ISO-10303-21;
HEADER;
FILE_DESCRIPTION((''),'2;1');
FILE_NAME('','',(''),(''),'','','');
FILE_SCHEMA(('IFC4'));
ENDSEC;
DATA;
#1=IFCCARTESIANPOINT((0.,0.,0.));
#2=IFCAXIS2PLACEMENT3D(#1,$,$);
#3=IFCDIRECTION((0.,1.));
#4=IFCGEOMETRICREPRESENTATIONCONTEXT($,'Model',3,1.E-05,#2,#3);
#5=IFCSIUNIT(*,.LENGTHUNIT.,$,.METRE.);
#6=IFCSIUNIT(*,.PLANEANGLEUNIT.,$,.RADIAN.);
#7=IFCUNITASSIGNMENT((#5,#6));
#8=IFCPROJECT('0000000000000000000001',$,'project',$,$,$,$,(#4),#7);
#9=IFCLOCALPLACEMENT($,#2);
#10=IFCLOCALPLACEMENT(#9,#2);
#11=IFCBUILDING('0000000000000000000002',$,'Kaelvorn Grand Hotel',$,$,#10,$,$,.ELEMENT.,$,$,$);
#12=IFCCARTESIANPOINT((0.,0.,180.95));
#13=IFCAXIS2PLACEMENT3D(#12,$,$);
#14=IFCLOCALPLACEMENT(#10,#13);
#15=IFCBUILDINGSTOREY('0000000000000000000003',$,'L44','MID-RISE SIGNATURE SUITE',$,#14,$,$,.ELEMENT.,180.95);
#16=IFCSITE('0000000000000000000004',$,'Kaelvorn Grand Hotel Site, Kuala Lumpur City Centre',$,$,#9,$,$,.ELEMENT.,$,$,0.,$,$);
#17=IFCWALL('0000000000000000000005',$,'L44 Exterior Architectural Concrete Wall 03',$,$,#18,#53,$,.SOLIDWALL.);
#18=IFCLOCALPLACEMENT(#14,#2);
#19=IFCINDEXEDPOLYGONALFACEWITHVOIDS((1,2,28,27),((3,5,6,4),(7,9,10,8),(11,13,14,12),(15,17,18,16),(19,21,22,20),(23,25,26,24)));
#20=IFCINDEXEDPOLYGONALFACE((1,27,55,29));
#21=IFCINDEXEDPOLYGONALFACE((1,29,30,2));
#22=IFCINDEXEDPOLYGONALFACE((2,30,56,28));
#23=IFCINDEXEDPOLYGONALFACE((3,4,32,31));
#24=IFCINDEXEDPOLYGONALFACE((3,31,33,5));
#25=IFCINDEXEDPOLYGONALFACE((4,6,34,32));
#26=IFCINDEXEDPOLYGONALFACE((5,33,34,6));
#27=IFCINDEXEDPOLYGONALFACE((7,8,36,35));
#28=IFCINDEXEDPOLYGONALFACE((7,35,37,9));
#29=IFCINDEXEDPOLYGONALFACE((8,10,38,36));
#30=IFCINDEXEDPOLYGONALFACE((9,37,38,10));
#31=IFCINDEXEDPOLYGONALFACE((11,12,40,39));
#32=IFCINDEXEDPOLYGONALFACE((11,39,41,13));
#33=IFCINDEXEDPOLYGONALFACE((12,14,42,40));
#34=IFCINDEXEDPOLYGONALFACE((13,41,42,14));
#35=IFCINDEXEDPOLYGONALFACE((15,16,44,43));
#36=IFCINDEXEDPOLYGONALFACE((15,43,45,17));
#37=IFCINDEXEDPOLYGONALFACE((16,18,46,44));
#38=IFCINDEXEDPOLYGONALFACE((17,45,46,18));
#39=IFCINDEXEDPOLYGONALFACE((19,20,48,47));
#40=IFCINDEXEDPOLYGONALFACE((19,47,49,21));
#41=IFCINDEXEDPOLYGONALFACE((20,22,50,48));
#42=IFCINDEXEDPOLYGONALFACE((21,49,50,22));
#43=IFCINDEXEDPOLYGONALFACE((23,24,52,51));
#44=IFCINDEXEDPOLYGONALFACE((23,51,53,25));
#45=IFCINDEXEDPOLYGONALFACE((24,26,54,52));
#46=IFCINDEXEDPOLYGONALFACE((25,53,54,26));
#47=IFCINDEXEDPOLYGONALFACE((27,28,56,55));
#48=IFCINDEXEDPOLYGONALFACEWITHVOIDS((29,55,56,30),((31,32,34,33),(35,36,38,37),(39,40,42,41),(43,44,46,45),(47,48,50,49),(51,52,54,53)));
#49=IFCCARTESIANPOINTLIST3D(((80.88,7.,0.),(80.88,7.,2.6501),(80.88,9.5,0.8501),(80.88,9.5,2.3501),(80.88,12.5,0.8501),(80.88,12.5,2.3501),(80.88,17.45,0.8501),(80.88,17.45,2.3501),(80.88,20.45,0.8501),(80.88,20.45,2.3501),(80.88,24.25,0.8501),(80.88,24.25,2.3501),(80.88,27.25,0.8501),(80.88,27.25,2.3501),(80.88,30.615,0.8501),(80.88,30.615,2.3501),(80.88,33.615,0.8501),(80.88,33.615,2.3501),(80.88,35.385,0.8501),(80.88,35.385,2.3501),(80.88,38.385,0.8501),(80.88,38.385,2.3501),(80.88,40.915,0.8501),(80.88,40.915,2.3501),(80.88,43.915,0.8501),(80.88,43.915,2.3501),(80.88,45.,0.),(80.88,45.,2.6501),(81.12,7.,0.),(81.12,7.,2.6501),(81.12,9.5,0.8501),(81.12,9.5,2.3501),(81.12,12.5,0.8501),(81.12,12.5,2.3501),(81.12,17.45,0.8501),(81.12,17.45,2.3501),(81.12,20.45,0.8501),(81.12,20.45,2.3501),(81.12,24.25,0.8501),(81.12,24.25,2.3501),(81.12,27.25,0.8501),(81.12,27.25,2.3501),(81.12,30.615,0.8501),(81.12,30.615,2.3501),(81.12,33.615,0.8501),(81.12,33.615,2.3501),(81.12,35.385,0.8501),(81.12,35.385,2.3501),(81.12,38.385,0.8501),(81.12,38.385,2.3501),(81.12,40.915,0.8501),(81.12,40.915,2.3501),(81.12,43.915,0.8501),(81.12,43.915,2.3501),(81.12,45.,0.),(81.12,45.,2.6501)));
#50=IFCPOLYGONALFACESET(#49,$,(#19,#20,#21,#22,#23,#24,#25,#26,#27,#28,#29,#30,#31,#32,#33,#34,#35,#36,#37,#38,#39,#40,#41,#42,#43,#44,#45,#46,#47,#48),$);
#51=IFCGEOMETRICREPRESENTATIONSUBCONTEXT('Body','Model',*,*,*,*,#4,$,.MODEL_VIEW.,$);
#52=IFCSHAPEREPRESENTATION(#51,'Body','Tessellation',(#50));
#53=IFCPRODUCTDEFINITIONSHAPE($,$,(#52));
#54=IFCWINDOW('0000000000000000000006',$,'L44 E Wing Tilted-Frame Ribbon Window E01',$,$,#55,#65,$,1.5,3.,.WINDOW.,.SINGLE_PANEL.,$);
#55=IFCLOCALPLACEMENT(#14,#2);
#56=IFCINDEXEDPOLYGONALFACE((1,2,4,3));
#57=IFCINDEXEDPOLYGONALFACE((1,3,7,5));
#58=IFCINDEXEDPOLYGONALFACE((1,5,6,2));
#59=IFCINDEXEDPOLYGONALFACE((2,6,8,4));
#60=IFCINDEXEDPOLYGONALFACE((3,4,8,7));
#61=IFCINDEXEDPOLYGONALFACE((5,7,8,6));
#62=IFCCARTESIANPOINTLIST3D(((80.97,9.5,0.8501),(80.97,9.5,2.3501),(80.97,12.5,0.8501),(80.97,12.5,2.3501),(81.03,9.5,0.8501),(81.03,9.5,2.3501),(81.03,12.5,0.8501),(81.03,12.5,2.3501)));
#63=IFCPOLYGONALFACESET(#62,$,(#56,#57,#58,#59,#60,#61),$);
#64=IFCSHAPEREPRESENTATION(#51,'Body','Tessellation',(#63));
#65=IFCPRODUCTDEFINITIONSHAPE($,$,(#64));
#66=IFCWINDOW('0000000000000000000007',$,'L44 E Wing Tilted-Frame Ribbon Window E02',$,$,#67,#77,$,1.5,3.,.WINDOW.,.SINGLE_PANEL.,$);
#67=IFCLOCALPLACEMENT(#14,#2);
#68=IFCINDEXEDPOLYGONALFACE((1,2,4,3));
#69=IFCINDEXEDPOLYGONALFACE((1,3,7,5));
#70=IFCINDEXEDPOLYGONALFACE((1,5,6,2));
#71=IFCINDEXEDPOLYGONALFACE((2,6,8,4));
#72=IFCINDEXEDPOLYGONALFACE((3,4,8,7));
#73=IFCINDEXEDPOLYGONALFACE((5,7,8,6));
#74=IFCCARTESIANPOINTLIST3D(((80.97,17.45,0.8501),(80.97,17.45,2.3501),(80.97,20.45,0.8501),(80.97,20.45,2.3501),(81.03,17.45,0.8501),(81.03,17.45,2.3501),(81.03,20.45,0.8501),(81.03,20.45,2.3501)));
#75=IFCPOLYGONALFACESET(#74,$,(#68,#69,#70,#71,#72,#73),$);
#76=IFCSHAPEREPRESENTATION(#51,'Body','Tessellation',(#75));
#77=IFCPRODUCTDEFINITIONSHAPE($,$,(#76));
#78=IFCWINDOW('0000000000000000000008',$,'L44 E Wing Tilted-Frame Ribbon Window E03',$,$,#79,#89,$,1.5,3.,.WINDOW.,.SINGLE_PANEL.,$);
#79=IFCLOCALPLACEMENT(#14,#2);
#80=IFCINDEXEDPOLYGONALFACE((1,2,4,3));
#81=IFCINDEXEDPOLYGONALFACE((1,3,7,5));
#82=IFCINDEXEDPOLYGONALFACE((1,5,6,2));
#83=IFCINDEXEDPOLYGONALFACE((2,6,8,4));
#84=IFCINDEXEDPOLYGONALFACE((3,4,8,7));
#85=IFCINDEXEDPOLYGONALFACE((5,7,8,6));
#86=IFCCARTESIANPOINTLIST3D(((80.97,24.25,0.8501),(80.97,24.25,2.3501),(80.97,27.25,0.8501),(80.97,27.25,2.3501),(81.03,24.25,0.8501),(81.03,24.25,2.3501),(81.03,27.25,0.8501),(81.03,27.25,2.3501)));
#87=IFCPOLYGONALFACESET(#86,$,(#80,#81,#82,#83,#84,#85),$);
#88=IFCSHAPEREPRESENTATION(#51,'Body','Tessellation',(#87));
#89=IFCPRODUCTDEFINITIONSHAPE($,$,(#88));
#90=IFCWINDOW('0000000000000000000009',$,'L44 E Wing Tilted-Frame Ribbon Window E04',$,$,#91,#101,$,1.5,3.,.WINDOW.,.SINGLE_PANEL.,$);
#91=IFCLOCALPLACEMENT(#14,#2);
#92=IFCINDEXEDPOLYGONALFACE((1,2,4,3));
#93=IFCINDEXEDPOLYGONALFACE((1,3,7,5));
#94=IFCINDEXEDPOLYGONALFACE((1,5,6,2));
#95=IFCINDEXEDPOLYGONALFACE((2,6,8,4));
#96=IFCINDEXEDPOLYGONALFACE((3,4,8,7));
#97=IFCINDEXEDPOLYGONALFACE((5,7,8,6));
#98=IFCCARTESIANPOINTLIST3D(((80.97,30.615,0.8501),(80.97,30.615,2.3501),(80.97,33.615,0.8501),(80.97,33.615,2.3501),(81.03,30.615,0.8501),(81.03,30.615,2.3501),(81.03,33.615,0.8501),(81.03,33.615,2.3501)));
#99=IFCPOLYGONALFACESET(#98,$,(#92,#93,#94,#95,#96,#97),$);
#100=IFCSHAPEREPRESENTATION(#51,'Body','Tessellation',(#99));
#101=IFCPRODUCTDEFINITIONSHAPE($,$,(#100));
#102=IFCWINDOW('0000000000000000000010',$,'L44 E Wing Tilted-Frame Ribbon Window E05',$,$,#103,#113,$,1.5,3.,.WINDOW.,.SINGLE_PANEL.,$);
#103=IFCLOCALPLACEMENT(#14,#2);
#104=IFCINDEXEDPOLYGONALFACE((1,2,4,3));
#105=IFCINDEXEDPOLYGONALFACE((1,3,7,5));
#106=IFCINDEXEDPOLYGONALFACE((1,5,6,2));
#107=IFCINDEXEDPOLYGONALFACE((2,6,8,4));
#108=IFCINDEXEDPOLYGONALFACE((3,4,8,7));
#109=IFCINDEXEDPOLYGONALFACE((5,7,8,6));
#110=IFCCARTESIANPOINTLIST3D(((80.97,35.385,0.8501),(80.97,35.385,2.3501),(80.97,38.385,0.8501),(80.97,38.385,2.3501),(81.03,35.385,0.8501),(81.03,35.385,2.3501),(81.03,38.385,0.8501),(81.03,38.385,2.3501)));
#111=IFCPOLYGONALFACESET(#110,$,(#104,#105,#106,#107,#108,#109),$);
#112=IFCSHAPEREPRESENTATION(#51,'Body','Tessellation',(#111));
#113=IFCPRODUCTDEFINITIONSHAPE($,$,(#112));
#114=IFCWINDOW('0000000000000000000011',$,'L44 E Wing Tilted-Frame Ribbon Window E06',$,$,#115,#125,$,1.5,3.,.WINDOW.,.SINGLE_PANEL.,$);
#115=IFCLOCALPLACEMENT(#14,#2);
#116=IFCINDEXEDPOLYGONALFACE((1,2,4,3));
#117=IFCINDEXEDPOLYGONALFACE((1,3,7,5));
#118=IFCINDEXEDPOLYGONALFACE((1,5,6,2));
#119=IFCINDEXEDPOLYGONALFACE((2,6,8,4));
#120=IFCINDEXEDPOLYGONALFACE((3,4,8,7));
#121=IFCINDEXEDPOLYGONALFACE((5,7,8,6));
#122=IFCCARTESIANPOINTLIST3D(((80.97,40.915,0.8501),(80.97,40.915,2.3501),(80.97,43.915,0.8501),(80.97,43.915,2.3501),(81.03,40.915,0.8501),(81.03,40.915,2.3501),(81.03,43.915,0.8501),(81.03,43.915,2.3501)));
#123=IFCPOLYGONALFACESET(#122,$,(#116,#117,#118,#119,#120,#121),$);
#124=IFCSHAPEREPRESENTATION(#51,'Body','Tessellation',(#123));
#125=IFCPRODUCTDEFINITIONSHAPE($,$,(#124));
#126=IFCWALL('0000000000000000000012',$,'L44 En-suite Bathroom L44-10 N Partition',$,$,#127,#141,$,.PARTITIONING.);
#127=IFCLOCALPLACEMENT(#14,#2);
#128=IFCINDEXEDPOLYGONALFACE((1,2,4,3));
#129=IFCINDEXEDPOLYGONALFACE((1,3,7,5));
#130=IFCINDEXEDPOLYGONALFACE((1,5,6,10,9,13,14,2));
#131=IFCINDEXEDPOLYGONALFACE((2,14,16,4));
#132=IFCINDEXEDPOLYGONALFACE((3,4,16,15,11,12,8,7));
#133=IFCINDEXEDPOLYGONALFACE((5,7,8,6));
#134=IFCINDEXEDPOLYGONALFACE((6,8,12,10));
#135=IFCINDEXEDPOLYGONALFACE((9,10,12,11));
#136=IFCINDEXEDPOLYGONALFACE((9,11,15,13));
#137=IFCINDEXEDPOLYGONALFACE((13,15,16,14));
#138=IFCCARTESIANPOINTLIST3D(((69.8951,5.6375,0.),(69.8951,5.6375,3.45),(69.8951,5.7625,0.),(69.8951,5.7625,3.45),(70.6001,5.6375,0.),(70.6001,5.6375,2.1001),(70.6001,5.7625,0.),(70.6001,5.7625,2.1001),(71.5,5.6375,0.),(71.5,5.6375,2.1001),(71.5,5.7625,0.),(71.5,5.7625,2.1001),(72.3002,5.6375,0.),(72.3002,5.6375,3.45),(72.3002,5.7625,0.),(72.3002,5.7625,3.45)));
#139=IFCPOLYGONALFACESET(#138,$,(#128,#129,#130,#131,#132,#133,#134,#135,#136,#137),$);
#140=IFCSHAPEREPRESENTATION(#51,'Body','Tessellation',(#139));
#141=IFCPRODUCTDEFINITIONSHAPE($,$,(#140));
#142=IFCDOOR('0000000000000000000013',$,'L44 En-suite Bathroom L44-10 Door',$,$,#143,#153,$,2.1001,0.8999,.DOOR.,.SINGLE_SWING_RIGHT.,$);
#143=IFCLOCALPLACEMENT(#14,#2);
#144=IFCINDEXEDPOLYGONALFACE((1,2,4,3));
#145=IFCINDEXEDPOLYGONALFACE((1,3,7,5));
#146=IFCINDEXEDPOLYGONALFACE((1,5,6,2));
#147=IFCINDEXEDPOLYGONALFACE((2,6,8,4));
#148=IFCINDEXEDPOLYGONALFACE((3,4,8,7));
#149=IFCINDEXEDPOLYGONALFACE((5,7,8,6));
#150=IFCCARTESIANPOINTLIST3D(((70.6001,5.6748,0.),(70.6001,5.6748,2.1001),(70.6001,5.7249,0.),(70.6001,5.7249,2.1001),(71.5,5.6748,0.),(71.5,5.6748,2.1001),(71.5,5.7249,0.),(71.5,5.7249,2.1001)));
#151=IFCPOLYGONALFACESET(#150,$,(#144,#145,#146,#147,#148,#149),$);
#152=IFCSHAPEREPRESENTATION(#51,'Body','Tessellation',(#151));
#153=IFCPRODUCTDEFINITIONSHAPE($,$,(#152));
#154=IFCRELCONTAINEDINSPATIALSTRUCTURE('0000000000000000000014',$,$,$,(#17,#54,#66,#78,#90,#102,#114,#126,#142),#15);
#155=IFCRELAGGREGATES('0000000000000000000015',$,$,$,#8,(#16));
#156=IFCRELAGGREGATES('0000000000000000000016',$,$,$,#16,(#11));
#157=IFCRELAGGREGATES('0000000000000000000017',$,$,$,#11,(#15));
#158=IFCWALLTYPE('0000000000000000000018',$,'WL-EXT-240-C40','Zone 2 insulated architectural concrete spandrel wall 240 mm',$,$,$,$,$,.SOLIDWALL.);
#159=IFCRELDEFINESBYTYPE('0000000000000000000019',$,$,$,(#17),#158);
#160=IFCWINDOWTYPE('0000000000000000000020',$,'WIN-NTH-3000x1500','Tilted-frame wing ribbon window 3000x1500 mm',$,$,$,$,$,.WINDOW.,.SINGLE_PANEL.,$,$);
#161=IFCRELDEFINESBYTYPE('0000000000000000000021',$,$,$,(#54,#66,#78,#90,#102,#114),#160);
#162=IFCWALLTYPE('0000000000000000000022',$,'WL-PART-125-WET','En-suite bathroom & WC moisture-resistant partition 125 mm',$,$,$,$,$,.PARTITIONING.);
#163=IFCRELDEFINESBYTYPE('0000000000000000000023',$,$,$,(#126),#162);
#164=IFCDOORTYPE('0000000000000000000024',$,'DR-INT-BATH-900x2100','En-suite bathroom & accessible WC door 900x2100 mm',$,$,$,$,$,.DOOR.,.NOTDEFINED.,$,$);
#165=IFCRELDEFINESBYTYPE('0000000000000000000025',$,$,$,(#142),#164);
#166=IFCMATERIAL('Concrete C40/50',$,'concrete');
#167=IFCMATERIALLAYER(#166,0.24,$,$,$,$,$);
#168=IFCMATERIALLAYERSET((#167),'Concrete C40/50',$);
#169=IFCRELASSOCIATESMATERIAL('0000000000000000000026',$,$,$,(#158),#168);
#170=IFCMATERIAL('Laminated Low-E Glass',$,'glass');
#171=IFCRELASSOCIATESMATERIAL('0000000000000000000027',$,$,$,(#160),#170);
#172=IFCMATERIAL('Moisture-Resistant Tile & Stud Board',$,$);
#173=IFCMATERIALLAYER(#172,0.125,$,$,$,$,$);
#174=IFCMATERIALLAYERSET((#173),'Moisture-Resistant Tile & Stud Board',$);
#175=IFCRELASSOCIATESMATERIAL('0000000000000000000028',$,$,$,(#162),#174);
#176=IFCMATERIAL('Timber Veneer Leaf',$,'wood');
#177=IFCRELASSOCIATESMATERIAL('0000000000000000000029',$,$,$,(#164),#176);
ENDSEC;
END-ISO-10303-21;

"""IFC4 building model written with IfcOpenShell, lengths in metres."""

from ifc_helpers import new_model, si_unit, direction, frame, frame_2d, origin, place, context, subcontext, project, spatial, rectangle, extrude, material, layer, layer_set, type_object, element, fill, save


model = new_model("IFC4")

# Units and contexts
model_context = context("Model", 3, precision=1e-05, world=origin(), true_north=direction((0.0, 1.0)))
body_context = subcontext(model_context, "Body", "Model", "MODEL_VIEW")
ifc_project = project(units=[si_unit("LENGTHUNIT", "METRE"), si_unit("PLANEANGLEUNIT", "RADIAN")], contexts=[model_context])

# Site, building, storey
site_placement = place(None, origin())
site = spatial("IfcSite", under=ifc_project, at=site_placement, Name="Kaelvorn Grand Hotel Site, Kuala Lumpur City Centre", CompositionType="ELEMENT", RefElevation=0.0)
building_placement = place(site_placement, origin())
building = spatial("IfcBuilding", under=site, at=building_placement, Name="Kaelvorn Grand Hotel", CompositionType="ELEMENT")
storey_placement = place(building_placement, frame((0.0, 0.0, 180.95)))
storey = spatial("IfcBuildingStorey", under=building, at=storey_placement, Name="L44", Description="MID-RISE SIGNATURE SUITE", CompositionType="ELEMENT", Elevation=180.95)

# Shared definitions
ifc_material_1 = material(Name="Concrete C40/50", Category="concrete")
ifc_layer_1 = layer(ifc_material_1, 0.24)
ifc_layer_set_1 = layer_set([ifc_layer_1], Name="Concrete C40/50")
wall_type_1 = type_object("IfcWallType", Name="WL-EXT-240-C40", Description="Zone 2 insulated architectural concrete spandrel wall 240 mm", PredefinedType="SOLIDWALL", material=ifc_layer_set_1)
ifc_material_2 = material(Name="Laminated Low-E Glass", Category="glass")

# Wall, openings, windows
wall_1_placement = place(storey_placement, frame((81.0, 7.0, 0.0), z_axis=(0.0, 0.0, 1.0), x_axis=(0.0, 1.0, 0.0)))
wall_1 = element("IfcWall", 1, at=wall_1_placement, inside=storey, type_object=wall_type_1, Name="L44 Exterior Architectural Concrete Wall 03", PredefinedType="SOLIDWALL", context=body_context, shape_type="SweptSolid", body=[
    extrude(rectangle(XDim=38.0, YDim=0.24, at=frame_2d((19.0, 0.0))), origin(), (0.0, 0.0, 1.0), 2.6501),
])
opening_1_placement = place(wall_1_placement, frame((2.5, 0.0, 0.8501)))
opening_1 = element("IfcOpeningElement", 2, at=opening_1_placement, cuts=wall_1, PredefinedType="OPENING", context=body_context, shape_type="SweptSolid", body=[
    extrude(rectangle(XDim=3.0, YDim=1.5, at=frame_2d((1.5, 0.75))), frame((0.0, 0.1299, 0.0), z_axis=(0.0, -1.0, 0.0), x_axis=(1.0, 0.0, 0.0)), (0.0, 0.0, 1.0), 0.26),
])
opening_2_placement = place(wall_1_placement, frame((10.45, 0.0, 0.8501)))
opening_2 = element("IfcOpeningElement", 3, at=opening_2_placement, cuts=wall_1, PredefinedType="OPENING", context=body_context, shape_type="SweptSolid", body=[
    extrude(rectangle(XDim=3.0, YDim=1.5, at=frame_2d((1.5, 0.75))), frame((0.0, 0.1299, 0.0), z_axis=(0.0, -1.0, 0.0), x_axis=(1.0, 0.0, 0.0)), (0.0, 0.0, 1.0), 0.26),
])
opening_3_placement = place(wall_1_placement, frame((17.25, 0.0, 0.8501)))
opening_3 = element("IfcOpeningElement", 4, at=opening_3_placement, cuts=wall_1, PredefinedType="OPENING", context=body_context, shape_type="SweptSolid", body=[
    extrude(rectangle(XDim=3.0, YDim=1.5, at=frame_2d((1.5, 0.75))), frame((0.0, 0.1299, 0.0), z_axis=(0.0, -1.0, 0.0), x_axis=(1.0, 0.0, 0.0)), (0.0, 0.0, 1.0), 0.26),
])
opening_4_placement = place(wall_1_placement, frame((23.615, 0.0, 0.8501)))
opening_4 = element("IfcOpeningElement", 5, at=opening_4_placement, cuts=wall_1, PredefinedType="OPENING", context=body_context, shape_type="SweptSolid", body=[
    extrude(rectangle(XDim=3.0, YDim=1.5, at=frame_2d((1.5, 0.75))), frame((0.0, 0.1299, 0.0), z_axis=(0.0, -1.0, 0.0), x_axis=(1.0, 0.0, 0.0)), (0.0, 0.0, 1.0), 0.26),
])
opening_5_placement = place(wall_1_placement, frame((28.385, 0.0, 0.8501)))
opening_5 = element("IfcOpeningElement", 6, at=opening_5_placement, cuts=wall_1, PredefinedType="OPENING", context=body_context, shape_type="SweptSolid", body=[
    extrude(rectangle(XDim=3.0, YDim=1.5, at=frame_2d((1.5, 0.75))), frame((0.0, 0.1299, 0.0), z_axis=(0.0, -1.0, 0.0), x_axis=(1.0, 0.0, 0.0)), (0.0, 0.0, 1.0), 0.26),
])
opening_6_placement = place(wall_1_placement, frame((33.915, 0.0, 0.8501)))
opening_6 = element("IfcOpeningElement", 7, at=opening_6_placement, cuts=wall_1, PredefinedType="OPENING", context=body_context, shape_type="SweptSolid", body=[
    extrude(rectangle(XDim=3.0, YDim=1.5, at=frame_2d((1.5, 0.75))), frame((0.0, 0.1299, 0.0), z_axis=(0.0, -1.0, 0.0), x_axis=(1.0, 0.0, 0.0)), (0.0, 0.0, 1.0), 0.26),
])
window_type_1 = type_object("IfcWindowType", Name="WIN-NTH-3000x1500", Description="Tilted-frame wing ribbon window 3000x1500 mm", PartitioningType="SINGLE_PANEL", PredefinedType="WINDOW", material=ifc_material_2)
window_1_placement = place(opening_1_placement, origin())
window_1 = element("IfcWindow", 8, at=window_1_placement, inside=storey, type_object=window_type_1, Name="L44 E Wing Tilted-Frame Ribbon Window E01", OverallHeight=1.5, OverallWidth=3.0, PartitioningType="SINGLE_PANEL", PredefinedType="WINDOW", context=body_context, shape_type="SweptSolid", body=[
    extrude(rectangle(XDim=3.0, YDim=1.5, at=frame_2d((1.5, 0.75))), frame((0.0, 0.03, 0.0), z_axis=(0.0, -1.0, 0.0), x_axis=(1.0, 0.0, 0.0)), (0.0, 0.0, 1.0), 0.0601),
])
fill(opening_1, window_1)
window_2_placement = place(opening_2_placement, origin())
window_2 = element("IfcWindow", 9, at=window_2_placement, inside=storey, type_object=window_type_1, Name="L44 E Wing Tilted-Frame Ribbon Window E02", OverallHeight=1.5, OverallWidth=3.0, PartitioningType="SINGLE_PANEL", PredefinedType="WINDOW", context=body_context, shape_type="SweptSolid", body=[
    extrude(rectangle(XDim=3.0, YDim=1.5, at=frame_2d((1.5, 0.75))), frame((0.0, 0.03, 0.0), z_axis=(0.0, -1.0, 0.0), x_axis=(1.0, 0.0, 0.0)), (0.0, 0.0, 1.0), 0.0601),
])
fill(opening_2, window_2)
window_3_placement = place(opening_3_placement, origin())
window_3 = element("IfcWindow", 10, at=window_3_placement, inside=storey, type_object=window_type_1, Name="L44 E Wing Tilted-Frame Ribbon Window E03", OverallHeight=1.5, OverallWidth=3.0, PartitioningType="SINGLE_PANEL", PredefinedType="WINDOW", context=body_context, shape_type="SweptSolid", body=[
    extrude(rectangle(XDim=3.0, YDim=1.5, at=frame_2d((1.5, 0.75))), frame((0.0, 0.03, 0.0), z_axis=(0.0, -1.0, 0.0), x_axis=(1.0, 0.0, 0.0)), (0.0, 0.0, 1.0), 0.0601),
])
fill(opening_3, window_3)
window_4_placement = place(opening_4_placement, origin())
window_4 = element("IfcWindow", 11, at=window_4_placement, inside=storey, type_object=window_type_1, Name="L44 E Wing Tilted-Frame Ribbon Window E04", OverallHeight=1.5, OverallWidth=3.0, PartitioningType="SINGLE_PANEL", PredefinedType="WINDOW", context=body_context, shape_type="SweptSolid", body=[
    extrude(rectangle(XDim=3.0, YDim=1.5, at=frame_2d((1.5, 0.75))), frame((0.0, 0.03, 0.0), z_axis=(0.0, -1.0, 0.0), x_axis=(1.0, 0.0, 0.0)), (0.0, 0.0, 1.0), 0.0601),
])
fill(opening_4, window_4)
window_5_placement = place(opening_5_placement, origin())
window_5 = element("IfcWindow", 12, at=window_5_placement, inside=storey, type_object=window_type_1, Name="L44 E Wing Tilted-Frame Ribbon Window E05", OverallHeight=1.5, OverallWidth=3.0, PartitioningType="SINGLE_PANEL", PredefinedType="WINDOW", context=body_context, shape_type="SweptSolid", body=[
    extrude(rectangle(XDim=3.0, YDim=1.5, at=frame_2d((1.5, 0.75))), frame((0.0, 0.03, 0.0), z_axis=(0.0, -1.0, 0.0), x_axis=(1.0, 0.0, 0.0)), (0.0, 0.0, 1.0), 0.0601),
])
fill(opening_5, window_5)
window_6_placement = place(opening_6_placement, origin())
window_6 = element("IfcWindow", 13, at=window_6_placement, inside=storey, type_object=window_type_1, Name="L44 E Wing Tilted-Frame Ribbon Window E06", OverallHeight=1.5, OverallWidth=3.0, PartitioningType="SINGLE_PANEL", PredefinedType="WINDOW", context=body_context, shape_type="SweptSolid", body=[
    extrude(rectangle(XDim=3.0, YDim=1.5, at=frame_2d((1.5, 0.75))), frame((0.0, 0.03, 0.0), z_axis=(0.0, -1.0, 0.0), x_axis=(1.0, 0.0, 0.0)), (0.0, 0.0, 1.0), 0.0601),
])
fill(opening_6, window_6)

# Wall, opening, door
ifc_material_3 = material(Name="Moisture-Resistant Tile & Stud Board")
ifc_layer_2 = layer(ifc_material_3, 0.125)
ifc_layer_set_2 = layer_set([ifc_layer_2], Name="Moisture-Resistant Tile & Stud Board")
wall_type_2 = type_object("IfcWallType", Name="WL-PART-125-WET", Description="En-suite bathroom & WC moisture-resistant partition 125 mm", PredefinedType="PARTITIONING", material=ifc_layer_set_2)
wall_2_placement = place(storey_placement, frame((69.895, 5.7, 0.0), z_axis=(0.0, 0.0, 1.0), x_axis=(1.0, 0.0, 0.0)))
wall_2 = element("IfcWall", 14, at=wall_2_placement, inside=storey, type_object=wall_type_2, Name="L44 En-suite Bathroom L44-10 N Partition", PredefinedType="PARTITIONING", context=body_context, shape_type="SweptSolid", body=[
    extrude(rectangle(XDim=2.405, YDim=0.125, at=frame_2d((1.2026, 0.0))), origin(), (0.0, 0.0, 1.0), 3.45),
])
opening_7_placement = place(wall_2_placement, frame((0.7051, 0.0, 0.0)))
opening_7 = element("IfcOpeningElement", 15, at=opening_7_placement, cuts=wall_2, PredefinedType="OPENING", context=body_context, shape_type="SweptSolid", body=[
    extrude(rectangle(XDim=0.8999, YDim=2.1001, at=frame_2d((0.45, 1.05))), frame((0.0, 0.0725, 0.0), z_axis=(0.0, -1.0, 0.0), x_axis=(1.0, 0.0, 0.0)), (0.0, 0.0, 1.0), 0.145),
])
ifc_material_4 = material(Name="Timber Veneer Leaf", Category="wood")
door_type = type_object("IfcDoorType", Name="DR-INT-BATH-900x2100", Description="En-suite bathroom & accessible WC door 900x2100 mm", OperationType="NOTDEFINED", PredefinedType="DOOR", material=ifc_material_4)
door_placement = place(opening_7_placement, origin())
door = element("IfcDoor", 16, at=door_placement, inside=storey, type_object=door_type, Name="L44 En-suite Bathroom L44-10 Door", OperationType="SINGLE_SWING_RIGHT", OverallHeight=2.1001, OverallWidth=0.8999, PredefinedType="DOOR", context=body_context, shape_type="SweptSolid", body=[
    extrude(rectangle(XDim=0.8999, YDim=2.1001, at=frame_2d((0.45, 1.05))), frame((0.0, 0.0249, 0.0), z_axis=(0.0, -1.0, 0.0), x_axis=(1.0, 0.0, 0.0)), (0.0, 0.0, 1.0), 0.05),
])
fill(opening_7, door)

save(model, "model.ifc")
